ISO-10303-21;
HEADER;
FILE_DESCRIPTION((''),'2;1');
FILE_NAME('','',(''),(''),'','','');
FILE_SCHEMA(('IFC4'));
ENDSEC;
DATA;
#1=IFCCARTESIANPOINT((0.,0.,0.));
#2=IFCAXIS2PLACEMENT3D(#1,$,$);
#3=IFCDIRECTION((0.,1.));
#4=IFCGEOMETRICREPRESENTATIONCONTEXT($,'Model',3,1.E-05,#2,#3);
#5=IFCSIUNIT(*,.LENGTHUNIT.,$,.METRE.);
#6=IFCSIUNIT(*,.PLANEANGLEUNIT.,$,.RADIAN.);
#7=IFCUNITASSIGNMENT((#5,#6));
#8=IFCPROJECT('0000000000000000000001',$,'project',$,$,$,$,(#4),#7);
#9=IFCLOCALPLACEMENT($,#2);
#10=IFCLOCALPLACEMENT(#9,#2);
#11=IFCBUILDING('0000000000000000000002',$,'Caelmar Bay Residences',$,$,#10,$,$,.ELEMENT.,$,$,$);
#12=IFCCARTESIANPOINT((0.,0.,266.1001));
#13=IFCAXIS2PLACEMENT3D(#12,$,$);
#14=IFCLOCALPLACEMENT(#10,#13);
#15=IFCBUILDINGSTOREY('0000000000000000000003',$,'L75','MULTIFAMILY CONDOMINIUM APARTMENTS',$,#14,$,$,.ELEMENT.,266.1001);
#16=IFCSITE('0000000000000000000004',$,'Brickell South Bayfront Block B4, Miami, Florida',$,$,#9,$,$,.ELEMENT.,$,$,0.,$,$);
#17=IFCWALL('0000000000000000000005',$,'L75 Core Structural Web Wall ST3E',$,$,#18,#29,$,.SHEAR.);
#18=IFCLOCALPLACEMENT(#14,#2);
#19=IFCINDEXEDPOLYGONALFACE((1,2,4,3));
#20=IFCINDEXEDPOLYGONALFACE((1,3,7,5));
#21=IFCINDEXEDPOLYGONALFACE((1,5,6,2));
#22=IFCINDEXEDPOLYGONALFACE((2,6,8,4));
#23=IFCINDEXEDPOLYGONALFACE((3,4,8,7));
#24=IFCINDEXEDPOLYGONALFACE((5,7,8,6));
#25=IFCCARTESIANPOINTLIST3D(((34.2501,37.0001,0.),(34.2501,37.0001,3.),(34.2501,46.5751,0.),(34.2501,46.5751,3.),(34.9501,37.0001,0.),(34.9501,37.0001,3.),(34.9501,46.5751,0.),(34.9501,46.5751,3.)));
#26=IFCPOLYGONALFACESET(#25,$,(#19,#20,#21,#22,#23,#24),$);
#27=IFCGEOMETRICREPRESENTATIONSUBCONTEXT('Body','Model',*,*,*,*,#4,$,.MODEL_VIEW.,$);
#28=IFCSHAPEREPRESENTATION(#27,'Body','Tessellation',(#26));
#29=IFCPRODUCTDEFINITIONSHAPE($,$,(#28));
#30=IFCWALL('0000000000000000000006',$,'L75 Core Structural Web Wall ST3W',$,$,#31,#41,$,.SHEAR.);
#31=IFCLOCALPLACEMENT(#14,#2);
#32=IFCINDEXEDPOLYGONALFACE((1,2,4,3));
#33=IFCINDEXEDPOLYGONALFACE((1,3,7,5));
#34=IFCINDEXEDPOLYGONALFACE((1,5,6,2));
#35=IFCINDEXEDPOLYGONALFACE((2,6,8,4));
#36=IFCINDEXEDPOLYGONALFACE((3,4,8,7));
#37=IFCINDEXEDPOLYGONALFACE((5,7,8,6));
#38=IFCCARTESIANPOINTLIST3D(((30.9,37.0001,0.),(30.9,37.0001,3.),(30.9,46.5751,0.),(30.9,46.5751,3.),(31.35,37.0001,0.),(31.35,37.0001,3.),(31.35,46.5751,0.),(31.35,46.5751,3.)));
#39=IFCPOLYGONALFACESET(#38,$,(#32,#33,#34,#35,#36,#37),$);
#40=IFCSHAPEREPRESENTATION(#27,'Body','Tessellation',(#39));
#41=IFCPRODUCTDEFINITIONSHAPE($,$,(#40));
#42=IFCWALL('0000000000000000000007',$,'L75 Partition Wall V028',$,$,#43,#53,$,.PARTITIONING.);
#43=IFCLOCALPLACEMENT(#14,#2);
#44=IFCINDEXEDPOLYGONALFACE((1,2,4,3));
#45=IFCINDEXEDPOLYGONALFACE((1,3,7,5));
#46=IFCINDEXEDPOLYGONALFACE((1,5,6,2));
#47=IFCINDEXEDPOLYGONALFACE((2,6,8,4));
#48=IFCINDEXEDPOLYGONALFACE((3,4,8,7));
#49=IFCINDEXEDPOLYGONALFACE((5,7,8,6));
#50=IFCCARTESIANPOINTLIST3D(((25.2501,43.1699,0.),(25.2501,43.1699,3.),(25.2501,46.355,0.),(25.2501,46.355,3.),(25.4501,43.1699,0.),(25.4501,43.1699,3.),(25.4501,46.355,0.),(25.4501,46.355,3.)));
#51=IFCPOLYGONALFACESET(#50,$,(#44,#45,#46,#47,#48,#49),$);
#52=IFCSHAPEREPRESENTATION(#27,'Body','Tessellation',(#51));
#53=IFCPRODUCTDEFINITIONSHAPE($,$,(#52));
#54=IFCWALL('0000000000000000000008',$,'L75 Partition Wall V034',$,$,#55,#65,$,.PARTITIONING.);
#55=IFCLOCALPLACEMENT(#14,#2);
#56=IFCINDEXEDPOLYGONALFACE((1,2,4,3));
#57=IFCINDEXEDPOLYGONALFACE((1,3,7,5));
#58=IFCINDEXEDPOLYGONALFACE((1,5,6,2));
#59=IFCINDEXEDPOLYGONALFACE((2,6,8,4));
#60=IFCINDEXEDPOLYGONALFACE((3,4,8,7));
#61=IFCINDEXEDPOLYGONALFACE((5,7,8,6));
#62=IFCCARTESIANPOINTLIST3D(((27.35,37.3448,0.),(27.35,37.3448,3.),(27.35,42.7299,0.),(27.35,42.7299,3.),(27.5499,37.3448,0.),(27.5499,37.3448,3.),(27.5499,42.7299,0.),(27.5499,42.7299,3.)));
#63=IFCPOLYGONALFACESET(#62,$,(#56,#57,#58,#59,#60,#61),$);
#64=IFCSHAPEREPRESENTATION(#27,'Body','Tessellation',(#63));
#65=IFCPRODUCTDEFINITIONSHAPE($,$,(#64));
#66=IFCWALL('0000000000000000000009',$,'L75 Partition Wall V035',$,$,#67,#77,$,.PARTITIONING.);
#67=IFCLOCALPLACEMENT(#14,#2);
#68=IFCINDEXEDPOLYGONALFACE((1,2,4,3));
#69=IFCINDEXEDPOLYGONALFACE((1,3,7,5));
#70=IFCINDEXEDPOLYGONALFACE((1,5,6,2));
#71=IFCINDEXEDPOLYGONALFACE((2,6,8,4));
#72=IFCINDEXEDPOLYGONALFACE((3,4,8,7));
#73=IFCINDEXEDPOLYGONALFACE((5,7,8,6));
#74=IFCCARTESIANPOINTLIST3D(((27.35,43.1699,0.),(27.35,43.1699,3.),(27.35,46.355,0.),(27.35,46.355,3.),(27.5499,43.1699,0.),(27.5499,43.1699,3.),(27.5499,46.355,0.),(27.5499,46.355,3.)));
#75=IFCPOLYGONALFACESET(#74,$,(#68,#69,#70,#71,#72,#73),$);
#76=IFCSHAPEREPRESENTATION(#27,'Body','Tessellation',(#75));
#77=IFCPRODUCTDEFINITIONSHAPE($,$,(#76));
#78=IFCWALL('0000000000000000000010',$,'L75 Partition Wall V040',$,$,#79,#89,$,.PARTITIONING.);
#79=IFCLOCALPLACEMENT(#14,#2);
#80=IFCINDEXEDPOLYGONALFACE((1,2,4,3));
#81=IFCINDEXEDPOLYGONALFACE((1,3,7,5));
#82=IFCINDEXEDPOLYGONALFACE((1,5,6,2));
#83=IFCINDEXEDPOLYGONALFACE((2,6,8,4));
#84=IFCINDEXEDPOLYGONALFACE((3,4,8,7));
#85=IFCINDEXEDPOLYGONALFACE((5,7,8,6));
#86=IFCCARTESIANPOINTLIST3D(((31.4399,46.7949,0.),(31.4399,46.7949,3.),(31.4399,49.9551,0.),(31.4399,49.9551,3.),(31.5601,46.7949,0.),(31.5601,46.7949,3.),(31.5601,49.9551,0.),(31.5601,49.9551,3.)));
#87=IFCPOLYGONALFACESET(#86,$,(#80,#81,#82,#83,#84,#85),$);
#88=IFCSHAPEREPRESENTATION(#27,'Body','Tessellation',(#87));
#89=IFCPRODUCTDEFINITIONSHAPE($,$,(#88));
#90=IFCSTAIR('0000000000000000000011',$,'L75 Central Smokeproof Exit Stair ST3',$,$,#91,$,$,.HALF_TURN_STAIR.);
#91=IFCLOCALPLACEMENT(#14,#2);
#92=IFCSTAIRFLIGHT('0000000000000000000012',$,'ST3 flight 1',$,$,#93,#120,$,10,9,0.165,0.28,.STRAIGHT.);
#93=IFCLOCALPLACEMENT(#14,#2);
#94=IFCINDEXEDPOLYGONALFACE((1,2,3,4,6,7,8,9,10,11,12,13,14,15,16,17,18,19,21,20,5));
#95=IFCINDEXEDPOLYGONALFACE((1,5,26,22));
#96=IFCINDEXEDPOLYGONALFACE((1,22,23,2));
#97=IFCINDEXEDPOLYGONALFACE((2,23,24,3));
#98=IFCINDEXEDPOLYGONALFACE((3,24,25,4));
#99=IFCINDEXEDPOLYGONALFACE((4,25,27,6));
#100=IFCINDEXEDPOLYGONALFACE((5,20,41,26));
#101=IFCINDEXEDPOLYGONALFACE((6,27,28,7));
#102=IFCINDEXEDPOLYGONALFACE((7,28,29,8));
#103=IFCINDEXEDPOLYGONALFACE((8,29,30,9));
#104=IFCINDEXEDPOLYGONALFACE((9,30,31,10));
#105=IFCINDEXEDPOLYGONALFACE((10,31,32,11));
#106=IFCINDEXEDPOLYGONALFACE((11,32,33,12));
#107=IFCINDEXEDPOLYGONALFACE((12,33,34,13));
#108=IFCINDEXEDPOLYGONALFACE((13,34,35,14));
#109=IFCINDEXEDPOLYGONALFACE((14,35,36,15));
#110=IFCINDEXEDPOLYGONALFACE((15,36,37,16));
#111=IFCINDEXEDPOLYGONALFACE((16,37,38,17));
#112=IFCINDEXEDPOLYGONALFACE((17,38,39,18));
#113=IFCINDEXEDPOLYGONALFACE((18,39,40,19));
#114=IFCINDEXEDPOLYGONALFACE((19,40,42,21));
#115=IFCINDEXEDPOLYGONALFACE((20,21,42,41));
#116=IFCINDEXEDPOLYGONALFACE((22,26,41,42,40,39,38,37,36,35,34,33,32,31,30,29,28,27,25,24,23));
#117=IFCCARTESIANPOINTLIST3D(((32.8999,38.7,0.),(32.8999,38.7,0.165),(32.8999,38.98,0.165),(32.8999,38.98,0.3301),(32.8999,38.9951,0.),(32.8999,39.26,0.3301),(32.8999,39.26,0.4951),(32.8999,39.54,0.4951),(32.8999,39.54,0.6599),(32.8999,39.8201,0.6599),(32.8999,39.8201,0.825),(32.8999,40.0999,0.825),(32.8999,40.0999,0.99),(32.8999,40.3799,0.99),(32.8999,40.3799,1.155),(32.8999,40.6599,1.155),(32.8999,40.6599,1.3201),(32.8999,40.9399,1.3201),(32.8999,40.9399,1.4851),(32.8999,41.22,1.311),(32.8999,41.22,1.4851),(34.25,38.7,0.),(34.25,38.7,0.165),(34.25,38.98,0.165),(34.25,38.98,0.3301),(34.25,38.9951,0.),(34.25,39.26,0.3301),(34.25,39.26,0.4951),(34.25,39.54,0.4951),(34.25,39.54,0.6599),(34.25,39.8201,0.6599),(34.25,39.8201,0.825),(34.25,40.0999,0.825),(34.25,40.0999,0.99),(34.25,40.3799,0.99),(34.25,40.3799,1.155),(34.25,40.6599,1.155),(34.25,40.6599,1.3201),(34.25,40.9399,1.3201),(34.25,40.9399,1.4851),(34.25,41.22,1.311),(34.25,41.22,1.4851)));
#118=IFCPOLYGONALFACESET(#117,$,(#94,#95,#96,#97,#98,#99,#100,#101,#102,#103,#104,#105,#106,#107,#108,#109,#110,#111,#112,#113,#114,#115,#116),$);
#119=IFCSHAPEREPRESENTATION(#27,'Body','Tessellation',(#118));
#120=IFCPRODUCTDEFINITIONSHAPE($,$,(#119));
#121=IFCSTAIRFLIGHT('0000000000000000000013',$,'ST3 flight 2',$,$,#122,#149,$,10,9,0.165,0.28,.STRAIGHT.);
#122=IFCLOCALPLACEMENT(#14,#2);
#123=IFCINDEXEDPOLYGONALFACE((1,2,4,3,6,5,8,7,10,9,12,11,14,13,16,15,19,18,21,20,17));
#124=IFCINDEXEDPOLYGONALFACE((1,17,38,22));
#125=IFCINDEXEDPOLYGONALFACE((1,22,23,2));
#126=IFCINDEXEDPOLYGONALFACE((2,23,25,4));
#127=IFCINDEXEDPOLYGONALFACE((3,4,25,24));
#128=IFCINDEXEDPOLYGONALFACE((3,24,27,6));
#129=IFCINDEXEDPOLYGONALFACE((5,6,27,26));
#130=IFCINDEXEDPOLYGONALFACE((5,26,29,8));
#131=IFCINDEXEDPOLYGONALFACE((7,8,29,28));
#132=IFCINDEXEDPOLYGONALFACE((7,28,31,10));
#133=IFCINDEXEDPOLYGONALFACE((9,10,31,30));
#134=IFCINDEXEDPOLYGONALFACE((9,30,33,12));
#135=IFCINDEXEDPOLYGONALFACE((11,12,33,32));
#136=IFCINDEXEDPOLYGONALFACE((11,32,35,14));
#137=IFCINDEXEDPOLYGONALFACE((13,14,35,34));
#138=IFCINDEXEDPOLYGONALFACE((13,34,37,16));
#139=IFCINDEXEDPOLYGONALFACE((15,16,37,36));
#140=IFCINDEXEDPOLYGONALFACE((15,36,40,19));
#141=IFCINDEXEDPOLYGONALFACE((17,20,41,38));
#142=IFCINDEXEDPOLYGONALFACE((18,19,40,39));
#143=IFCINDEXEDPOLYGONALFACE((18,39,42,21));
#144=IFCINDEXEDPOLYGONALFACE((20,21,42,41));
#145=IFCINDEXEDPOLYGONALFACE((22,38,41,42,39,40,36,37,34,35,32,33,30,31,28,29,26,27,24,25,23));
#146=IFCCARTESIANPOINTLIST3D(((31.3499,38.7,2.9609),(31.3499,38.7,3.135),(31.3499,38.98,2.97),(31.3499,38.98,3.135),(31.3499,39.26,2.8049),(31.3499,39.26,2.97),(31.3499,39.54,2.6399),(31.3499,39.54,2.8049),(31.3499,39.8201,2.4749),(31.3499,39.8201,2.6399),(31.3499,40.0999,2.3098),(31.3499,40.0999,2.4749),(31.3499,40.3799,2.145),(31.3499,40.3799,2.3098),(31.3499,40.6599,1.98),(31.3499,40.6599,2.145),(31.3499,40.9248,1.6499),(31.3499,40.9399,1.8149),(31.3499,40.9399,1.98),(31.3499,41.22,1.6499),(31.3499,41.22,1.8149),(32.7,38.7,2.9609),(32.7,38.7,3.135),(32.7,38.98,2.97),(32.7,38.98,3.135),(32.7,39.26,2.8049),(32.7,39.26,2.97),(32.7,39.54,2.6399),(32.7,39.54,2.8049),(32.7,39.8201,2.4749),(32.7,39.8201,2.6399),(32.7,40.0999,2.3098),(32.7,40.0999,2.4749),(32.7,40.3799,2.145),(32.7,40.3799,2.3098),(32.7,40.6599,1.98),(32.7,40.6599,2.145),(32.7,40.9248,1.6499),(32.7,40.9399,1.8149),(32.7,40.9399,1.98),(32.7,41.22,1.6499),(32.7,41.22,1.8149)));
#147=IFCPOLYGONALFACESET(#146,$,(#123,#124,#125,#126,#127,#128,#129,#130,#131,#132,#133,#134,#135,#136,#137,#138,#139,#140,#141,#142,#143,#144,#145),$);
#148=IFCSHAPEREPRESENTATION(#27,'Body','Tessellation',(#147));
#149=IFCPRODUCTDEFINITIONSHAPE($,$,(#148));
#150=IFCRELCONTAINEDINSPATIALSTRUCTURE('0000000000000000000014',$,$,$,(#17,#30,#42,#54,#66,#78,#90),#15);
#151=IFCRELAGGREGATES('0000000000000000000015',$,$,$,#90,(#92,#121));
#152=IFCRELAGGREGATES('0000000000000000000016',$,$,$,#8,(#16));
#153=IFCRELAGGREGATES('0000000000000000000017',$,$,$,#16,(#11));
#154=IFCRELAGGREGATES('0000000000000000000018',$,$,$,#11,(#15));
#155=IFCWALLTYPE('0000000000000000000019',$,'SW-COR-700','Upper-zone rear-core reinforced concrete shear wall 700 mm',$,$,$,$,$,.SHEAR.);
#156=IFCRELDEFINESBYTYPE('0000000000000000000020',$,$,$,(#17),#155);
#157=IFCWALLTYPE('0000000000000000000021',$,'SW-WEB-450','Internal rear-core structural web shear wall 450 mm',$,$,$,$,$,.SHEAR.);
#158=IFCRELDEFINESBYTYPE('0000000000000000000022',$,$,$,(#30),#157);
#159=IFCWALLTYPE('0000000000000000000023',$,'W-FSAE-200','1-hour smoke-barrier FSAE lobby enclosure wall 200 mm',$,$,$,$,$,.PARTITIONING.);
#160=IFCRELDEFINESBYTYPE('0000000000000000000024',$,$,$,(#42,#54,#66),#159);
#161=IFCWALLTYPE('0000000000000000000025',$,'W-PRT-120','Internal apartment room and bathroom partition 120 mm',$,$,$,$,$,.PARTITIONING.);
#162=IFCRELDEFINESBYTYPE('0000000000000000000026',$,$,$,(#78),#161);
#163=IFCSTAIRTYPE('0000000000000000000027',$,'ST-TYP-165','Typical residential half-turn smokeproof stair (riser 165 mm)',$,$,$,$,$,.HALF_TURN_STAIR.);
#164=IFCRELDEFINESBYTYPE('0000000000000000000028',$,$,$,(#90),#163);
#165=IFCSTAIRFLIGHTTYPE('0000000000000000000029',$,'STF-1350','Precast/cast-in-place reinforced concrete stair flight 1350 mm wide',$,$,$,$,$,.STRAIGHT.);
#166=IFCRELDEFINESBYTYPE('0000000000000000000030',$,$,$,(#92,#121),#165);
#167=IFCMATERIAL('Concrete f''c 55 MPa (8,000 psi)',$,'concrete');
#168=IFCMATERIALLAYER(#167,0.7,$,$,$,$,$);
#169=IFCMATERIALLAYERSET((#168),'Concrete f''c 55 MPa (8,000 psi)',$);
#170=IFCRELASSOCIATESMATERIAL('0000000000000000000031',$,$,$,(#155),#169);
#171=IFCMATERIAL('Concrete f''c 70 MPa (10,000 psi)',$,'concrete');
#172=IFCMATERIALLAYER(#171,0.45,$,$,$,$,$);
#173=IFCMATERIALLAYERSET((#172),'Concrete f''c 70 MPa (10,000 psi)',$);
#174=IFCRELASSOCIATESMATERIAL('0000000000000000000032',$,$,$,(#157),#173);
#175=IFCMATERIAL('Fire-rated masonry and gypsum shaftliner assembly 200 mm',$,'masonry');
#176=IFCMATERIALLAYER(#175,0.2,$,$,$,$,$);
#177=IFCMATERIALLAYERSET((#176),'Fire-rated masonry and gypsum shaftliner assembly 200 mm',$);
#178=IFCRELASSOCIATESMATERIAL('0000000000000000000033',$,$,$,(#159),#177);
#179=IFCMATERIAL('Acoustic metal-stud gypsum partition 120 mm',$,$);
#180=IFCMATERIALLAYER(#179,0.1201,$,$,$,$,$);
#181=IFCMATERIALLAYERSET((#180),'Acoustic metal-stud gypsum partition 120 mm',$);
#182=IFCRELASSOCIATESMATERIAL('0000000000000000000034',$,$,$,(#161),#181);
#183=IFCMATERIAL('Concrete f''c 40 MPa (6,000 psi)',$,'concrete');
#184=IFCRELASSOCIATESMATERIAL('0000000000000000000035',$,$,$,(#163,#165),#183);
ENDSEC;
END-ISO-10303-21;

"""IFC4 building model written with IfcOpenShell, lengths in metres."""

from ifc_helpers import new_model, si_unit, direction, frame, frame_2d, origin, place, context, subcontext, project, spatial, polyline, rectangle, outline, extrude, material, layer, layer_set, type_object, element, aggregate, save


model = new_model("IFC4")

# Units and contexts
model_context = context("Model", 3, precision=1e-05, world=origin(), true_north=direction((0.0, 1.0)))
body_context = subcontext(model_context, "Body", "Model", "MODEL_VIEW")
ifc_project = project(units=[si_unit("LENGTHUNIT", "METRE"), si_unit("PLANEANGLEUNIT", "RADIAN")], contexts=[model_context])

# Site, building, storey
site_placement = place(None, origin())
site = spatial("IfcSite", under=ifc_project, at=site_placement, Name="Brickell South Bayfront Block B4, Miami, Florida", CompositionType="ELEMENT", RefElevation=0.0)
building_placement = place(site_placement, origin())
building = spatial("IfcBuilding", under=site, at=building_placement, Name="Caelmar Bay Residences", CompositionType="ELEMENT")
storey_placement = place(building_placement, frame((0.0, 0.0, 266.1001)))
storey = spatial("IfcBuildingStorey", under=building, at=storey_placement, Name="L75", Description="MULTIFAMILY CONDOMINIUM APARTMENTS", CompositionType="ELEMENT", Elevation=266.1001)

# Walls
ifc_material_1 = material(Name="Concrete f'c 55 MPa (8,000 psi)", Category="concrete")
ifc_layer_1 = layer(ifc_material_1, 0.7)
ifc_layer_set_1 = layer_set([ifc_layer_1], Name="Concrete f'c 55 MPa (8,000 psi)")
wall_type_1 = type_object("IfcWallType", Name="SW-COR-700", Description="Upper-zone rear-core reinforced concrete shear wall 700 mm", PredefinedType="SHEAR", material=ifc_layer_set_1)
wall_1_placement = place(storey_placement, frame((34.6001, 37.0, 0.0), z_axis=(0.0, 0.0, 1.0), x_axis=(0.0, 1.0, 0.0)))
element("IfcWall", 1, at=wall_1_placement, inside=storey, type_object=wall_type_1, Name="L75 Core Structural Web Wall ST3E", PredefinedType="SHEAR", context=body_context, shape_type="SweptSolid", body=[
    extrude(rectangle(XDim=9.575, YDim=0.7, at=frame_2d((4.7876, 0.0))), origin(), (0.0, 0.0, 1.0), 3.0),
])
ifc_material_2 = material(Name="Concrete f'c 70 MPa (10,000 psi)", Category="concrete")
ifc_layer_2 = layer(ifc_material_2, 0.45)
ifc_layer_set_2 = layer_set([ifc_layer_2], Name="Concrete f'c 70 MPa (10,000 psi)")
wall_type_2 = type_object("IfcWallType", Name="SW-WEB-450", Description="Internal rear-core structural web shear wall 450 mm", PredefinedType="SHEAR", material=ifc_layer_set_2)
wall_2_placement = place(storey_placement, frame((31.125, 37.0, 0.0), z_axis=(0.0, 0.0, 1.0), x_axis=(0.0, 1.0, 0.0)))
element("IfcWall", 2, at=wall_2_placement, inside=storey, type_object=wall_type_2, Name="L75 Core Structural Web Wall ST3W", PredefinedType="SHEAR", context=body_context, shape_type="SweptSolid", body=[
    extrude(rectangle(XDim=9.575, YDim=0.45, at=frame_2d((4.7876, 0.0))), origin(), (0.0, 0.0, 1.0), 3.0),
])
ifc_material_3 = material(Name="Fire-rated masonry and gypsum shaftliner assembly 200 mm", Category="masonry")
ifc_layer_3 = layer(ifc_material_3, 0.2)
ifc_layer_set_3 = layer_set([ifc_layer_3], Name="Fire-rated masonry and gypsum shaftliner assembly 200 mm")
wall_type_3 = type_object("IfcWallType", Name="W-FSAE-200", Description="1-hour smoke-barrier FSAE lobby enclosure wall 200 mm", PredefinedType="PARTITIONING", material=ifc_layer_set_3)
wall_3_placement = place(storey_placement, frame((25.3501, 43.1699, 0.0), z_axis=(0.0, 0.0, 1.0), x_axis=(0.0, 1.0, 0.0)))
element("IfcWall", 3, at=wall_3_placement, inside=storey, type_object=wall_type_3, Name="L75 Partition Wall V028", PredefinedType="PARTITIONING", context=body_context, shape_type="SweptSolid", body=[
    extrude(rectangle(XDim=3.1851, YDim=0.2, at=frame_2d((1.5925, 0.0))), origin(), (0.0, 0.0, 1.0), 3.0),
])
wall_4_placement = place(storey_placement, frame((27.45, 37.345, 0.0), z_axis=(0.0, 0.0, 1.0), x_axis=(0.0, 1.0, 0.0)))
element("IfcWall", 4, at=wall_4_placement, inside=storey, type_object=wall_type_3, Name="L75 Partition Wall V034", PredefinedType="PARTITIONING", context=body_context, shape_type="SweptSolid", body=[
    extrude(rectangle(XDim=5.385, YDim=0.2, at=frame_2d((2.6924, 0.0))), origin(), (0.0, 0.0, 1.0), 3.0),
])
wall_5_placement = place(storey_placement, frame((27.45, 43.1699, 0.0), z_axis=(0.0, 0.0, 1.0), x_axis=(0.0, 1.0, 0.0)))
element("IfcWall", 5, at=wall_5_placement, inside=storey, type_object=wall_type_3, Name="L75 Partition Wall V035", PredefinedType="PARTITIONING", context=body_context, shape_type="SweptSolid", body=[
    extrude(rectangle(XDim=3.1851, YDim=0.2, at=frame_2d((1.5925, 0.0))), origin(), (0.0, 0.0, 1.0), 3.0),
])
ifc_material_4 = material(Name="Acoustic metal-stud gypsum partition 120 mm")
ifc_layer_4 = layer(ifc_material_4, 0.1201)
ifc_layer_set_4 = layer_set([ifc_layer_4], Name="Acoustic metal-stud gypsum partition 120 mm")
wall_type_4 = type_object("IfcWallType", Name="W-PRT-120", Description="Internal apartment room and bathroom partition 120 mm", PredefinedType="PARTITIONING", material=ifc_layer_set_4)
wall_6_placement = place(storey_placement, frame((31.5, 46.7949, 0.0), z_axis=(0.0, 0.0, 1.0), x_axis=(0.0, 1.0, 0.0)))
element("IfcWall", 6, at=wall_6_placement, inside=storey, type_object=wall_type_4, Name="L75 Partition Wall V040", PredefinedType="PARTITIONING", context=body_context, shape_type="SweptSolid", body=[
    extrude(rectangle(XDim=3.1602, YDim=0.1201, at=frame_2d((1.5801, 0.0))), origin(), (0.0, 0.0, 1.0), 3.0),
])

# Stair, stair flights
ifc_material_5 = material(Name="Concrete f'c 40 MPa (6,000 psi)", Category="concrete")
stair_type = type_object("IfcStairType", Name="ST-TYP-165", Description="Typical residential half-turn smokeproof stair (riser 165 mm)", PredefinedType="HALF_TURN_STAIR", material=ifc_material_5)
stair_placement = place(storey_placement, origin())
stair = element("IfcStair", 7, at=stair_placement, inside=storey, type_object=stair_type, Name="L75 Central Smokeproof Exit Stair ST3", PredefinedType="HALF_TURN_STAIR")
stair_flight_type = type_object("IfcStairFlightType", Name="STF-1350", Description="Precast/cast-in-place reinforced concrete stair flight 1350 mm wide", PredefinedType="STRAIGHT", material=ifc_material_5)
stair_flight_1_placement = place(storey_placement, frame((33.575, 38.7, 0.0), z_axis=(0.0, 0.0, 1.0), x_axis=(0.0, 1.0, 0.0)))
stair_flight_1 = element("IfcStairFlight", 8, at=stair_flight_1_placement, type_object=stair_flight_type, Name="ST3 flight 1", NumberOfRisers=10, NumberOfTreads=9, PredefinedType="STRAIGHT", RiserHeight=0.165, TreadLength=0.28, context=body_context, shape_type="SweptSolid", body=[
    extrude(outline(polyline([(0.0, 0.0), (0.0, 0.165), (0.28, 0.165), (0.28, 0.3301), (0.5601, 0.3301), (0.5601, 0.4951), (0.8401, 0.4951), (0.8401, 0.6599), (1.1201, 0.6599), (1.1201, 0.825), (1.3999, 0.825), (1.3999, 0.99), (1.6799, 0.99), (1.6799, 1.155), (1.96, 1.155), (1.96, 1.3201), (2.24, 1.3201), (2.24, 1.4851), (2.52, 1.4851), (2.52, 1.6499), (2.52, 1.311), (0.2952, 0.0), (0.0, 0.0)])), frame((0.0, 0.675, 0.0), z_axis=(0.0, -1.0, 0.0), x_axis=(1.0, 0.0, 0.0)), (0.0, 0.0, 1.0), 1.3501),
])
stair_flight_2_placement = place(storey_placement, frame((32.0249, 41.22, 1.6499), z_axis=(0.0, 0.0, 1.0), x_axis=(0.0, -1.0, 0.0)))
stair_flight_2 = element("IfcStairFlight", 9, at=stair_flight_2_placement, type_object=stair_flight_type, Name="ST3 flight 2", NumberOfRisers=10, NumberOfTreads=9, PredefinedType="STRAIGHT", RiserHeight=0.165, TreadLength=0.28, context=body_context, shape_type="SweptSolid", body=[
    extrude(outline(polyline([(0.0, 0.0), (0.0, 0.165), (0.28, 0.165), (0.28, 0.3301), (0.5601, 0.3301), (0.5601, 0.4951), (0.8401, 0.4951), (0.8401, 0.6599), (1.1201, 0.6599), (1.1201, 0.825), (1.3999, 0.825), (1.3999, 0.99), (1.6799, 0.99), (1.6799, 1.155), (1.96, 1.155), (1.96, 1.3201), (2.24, 1.3201), (2.24, 1.4851), (2.52, 1.4851), (2.52, 1.6499), (2.52, 1.311), (0.2952, 0.0), (0.0, 0.0)])), frame((0.0, 0.675, 0.0), z_axis=(0.0, -1.0, 0.0), x_axis=(1.0, 0.0, 0.0)), (0.0, 0.0, 1.0), 1.3501),
])
aggregate(stair, [stair_flight_1, stair_flight_2])

save(model, "model.ifc")
